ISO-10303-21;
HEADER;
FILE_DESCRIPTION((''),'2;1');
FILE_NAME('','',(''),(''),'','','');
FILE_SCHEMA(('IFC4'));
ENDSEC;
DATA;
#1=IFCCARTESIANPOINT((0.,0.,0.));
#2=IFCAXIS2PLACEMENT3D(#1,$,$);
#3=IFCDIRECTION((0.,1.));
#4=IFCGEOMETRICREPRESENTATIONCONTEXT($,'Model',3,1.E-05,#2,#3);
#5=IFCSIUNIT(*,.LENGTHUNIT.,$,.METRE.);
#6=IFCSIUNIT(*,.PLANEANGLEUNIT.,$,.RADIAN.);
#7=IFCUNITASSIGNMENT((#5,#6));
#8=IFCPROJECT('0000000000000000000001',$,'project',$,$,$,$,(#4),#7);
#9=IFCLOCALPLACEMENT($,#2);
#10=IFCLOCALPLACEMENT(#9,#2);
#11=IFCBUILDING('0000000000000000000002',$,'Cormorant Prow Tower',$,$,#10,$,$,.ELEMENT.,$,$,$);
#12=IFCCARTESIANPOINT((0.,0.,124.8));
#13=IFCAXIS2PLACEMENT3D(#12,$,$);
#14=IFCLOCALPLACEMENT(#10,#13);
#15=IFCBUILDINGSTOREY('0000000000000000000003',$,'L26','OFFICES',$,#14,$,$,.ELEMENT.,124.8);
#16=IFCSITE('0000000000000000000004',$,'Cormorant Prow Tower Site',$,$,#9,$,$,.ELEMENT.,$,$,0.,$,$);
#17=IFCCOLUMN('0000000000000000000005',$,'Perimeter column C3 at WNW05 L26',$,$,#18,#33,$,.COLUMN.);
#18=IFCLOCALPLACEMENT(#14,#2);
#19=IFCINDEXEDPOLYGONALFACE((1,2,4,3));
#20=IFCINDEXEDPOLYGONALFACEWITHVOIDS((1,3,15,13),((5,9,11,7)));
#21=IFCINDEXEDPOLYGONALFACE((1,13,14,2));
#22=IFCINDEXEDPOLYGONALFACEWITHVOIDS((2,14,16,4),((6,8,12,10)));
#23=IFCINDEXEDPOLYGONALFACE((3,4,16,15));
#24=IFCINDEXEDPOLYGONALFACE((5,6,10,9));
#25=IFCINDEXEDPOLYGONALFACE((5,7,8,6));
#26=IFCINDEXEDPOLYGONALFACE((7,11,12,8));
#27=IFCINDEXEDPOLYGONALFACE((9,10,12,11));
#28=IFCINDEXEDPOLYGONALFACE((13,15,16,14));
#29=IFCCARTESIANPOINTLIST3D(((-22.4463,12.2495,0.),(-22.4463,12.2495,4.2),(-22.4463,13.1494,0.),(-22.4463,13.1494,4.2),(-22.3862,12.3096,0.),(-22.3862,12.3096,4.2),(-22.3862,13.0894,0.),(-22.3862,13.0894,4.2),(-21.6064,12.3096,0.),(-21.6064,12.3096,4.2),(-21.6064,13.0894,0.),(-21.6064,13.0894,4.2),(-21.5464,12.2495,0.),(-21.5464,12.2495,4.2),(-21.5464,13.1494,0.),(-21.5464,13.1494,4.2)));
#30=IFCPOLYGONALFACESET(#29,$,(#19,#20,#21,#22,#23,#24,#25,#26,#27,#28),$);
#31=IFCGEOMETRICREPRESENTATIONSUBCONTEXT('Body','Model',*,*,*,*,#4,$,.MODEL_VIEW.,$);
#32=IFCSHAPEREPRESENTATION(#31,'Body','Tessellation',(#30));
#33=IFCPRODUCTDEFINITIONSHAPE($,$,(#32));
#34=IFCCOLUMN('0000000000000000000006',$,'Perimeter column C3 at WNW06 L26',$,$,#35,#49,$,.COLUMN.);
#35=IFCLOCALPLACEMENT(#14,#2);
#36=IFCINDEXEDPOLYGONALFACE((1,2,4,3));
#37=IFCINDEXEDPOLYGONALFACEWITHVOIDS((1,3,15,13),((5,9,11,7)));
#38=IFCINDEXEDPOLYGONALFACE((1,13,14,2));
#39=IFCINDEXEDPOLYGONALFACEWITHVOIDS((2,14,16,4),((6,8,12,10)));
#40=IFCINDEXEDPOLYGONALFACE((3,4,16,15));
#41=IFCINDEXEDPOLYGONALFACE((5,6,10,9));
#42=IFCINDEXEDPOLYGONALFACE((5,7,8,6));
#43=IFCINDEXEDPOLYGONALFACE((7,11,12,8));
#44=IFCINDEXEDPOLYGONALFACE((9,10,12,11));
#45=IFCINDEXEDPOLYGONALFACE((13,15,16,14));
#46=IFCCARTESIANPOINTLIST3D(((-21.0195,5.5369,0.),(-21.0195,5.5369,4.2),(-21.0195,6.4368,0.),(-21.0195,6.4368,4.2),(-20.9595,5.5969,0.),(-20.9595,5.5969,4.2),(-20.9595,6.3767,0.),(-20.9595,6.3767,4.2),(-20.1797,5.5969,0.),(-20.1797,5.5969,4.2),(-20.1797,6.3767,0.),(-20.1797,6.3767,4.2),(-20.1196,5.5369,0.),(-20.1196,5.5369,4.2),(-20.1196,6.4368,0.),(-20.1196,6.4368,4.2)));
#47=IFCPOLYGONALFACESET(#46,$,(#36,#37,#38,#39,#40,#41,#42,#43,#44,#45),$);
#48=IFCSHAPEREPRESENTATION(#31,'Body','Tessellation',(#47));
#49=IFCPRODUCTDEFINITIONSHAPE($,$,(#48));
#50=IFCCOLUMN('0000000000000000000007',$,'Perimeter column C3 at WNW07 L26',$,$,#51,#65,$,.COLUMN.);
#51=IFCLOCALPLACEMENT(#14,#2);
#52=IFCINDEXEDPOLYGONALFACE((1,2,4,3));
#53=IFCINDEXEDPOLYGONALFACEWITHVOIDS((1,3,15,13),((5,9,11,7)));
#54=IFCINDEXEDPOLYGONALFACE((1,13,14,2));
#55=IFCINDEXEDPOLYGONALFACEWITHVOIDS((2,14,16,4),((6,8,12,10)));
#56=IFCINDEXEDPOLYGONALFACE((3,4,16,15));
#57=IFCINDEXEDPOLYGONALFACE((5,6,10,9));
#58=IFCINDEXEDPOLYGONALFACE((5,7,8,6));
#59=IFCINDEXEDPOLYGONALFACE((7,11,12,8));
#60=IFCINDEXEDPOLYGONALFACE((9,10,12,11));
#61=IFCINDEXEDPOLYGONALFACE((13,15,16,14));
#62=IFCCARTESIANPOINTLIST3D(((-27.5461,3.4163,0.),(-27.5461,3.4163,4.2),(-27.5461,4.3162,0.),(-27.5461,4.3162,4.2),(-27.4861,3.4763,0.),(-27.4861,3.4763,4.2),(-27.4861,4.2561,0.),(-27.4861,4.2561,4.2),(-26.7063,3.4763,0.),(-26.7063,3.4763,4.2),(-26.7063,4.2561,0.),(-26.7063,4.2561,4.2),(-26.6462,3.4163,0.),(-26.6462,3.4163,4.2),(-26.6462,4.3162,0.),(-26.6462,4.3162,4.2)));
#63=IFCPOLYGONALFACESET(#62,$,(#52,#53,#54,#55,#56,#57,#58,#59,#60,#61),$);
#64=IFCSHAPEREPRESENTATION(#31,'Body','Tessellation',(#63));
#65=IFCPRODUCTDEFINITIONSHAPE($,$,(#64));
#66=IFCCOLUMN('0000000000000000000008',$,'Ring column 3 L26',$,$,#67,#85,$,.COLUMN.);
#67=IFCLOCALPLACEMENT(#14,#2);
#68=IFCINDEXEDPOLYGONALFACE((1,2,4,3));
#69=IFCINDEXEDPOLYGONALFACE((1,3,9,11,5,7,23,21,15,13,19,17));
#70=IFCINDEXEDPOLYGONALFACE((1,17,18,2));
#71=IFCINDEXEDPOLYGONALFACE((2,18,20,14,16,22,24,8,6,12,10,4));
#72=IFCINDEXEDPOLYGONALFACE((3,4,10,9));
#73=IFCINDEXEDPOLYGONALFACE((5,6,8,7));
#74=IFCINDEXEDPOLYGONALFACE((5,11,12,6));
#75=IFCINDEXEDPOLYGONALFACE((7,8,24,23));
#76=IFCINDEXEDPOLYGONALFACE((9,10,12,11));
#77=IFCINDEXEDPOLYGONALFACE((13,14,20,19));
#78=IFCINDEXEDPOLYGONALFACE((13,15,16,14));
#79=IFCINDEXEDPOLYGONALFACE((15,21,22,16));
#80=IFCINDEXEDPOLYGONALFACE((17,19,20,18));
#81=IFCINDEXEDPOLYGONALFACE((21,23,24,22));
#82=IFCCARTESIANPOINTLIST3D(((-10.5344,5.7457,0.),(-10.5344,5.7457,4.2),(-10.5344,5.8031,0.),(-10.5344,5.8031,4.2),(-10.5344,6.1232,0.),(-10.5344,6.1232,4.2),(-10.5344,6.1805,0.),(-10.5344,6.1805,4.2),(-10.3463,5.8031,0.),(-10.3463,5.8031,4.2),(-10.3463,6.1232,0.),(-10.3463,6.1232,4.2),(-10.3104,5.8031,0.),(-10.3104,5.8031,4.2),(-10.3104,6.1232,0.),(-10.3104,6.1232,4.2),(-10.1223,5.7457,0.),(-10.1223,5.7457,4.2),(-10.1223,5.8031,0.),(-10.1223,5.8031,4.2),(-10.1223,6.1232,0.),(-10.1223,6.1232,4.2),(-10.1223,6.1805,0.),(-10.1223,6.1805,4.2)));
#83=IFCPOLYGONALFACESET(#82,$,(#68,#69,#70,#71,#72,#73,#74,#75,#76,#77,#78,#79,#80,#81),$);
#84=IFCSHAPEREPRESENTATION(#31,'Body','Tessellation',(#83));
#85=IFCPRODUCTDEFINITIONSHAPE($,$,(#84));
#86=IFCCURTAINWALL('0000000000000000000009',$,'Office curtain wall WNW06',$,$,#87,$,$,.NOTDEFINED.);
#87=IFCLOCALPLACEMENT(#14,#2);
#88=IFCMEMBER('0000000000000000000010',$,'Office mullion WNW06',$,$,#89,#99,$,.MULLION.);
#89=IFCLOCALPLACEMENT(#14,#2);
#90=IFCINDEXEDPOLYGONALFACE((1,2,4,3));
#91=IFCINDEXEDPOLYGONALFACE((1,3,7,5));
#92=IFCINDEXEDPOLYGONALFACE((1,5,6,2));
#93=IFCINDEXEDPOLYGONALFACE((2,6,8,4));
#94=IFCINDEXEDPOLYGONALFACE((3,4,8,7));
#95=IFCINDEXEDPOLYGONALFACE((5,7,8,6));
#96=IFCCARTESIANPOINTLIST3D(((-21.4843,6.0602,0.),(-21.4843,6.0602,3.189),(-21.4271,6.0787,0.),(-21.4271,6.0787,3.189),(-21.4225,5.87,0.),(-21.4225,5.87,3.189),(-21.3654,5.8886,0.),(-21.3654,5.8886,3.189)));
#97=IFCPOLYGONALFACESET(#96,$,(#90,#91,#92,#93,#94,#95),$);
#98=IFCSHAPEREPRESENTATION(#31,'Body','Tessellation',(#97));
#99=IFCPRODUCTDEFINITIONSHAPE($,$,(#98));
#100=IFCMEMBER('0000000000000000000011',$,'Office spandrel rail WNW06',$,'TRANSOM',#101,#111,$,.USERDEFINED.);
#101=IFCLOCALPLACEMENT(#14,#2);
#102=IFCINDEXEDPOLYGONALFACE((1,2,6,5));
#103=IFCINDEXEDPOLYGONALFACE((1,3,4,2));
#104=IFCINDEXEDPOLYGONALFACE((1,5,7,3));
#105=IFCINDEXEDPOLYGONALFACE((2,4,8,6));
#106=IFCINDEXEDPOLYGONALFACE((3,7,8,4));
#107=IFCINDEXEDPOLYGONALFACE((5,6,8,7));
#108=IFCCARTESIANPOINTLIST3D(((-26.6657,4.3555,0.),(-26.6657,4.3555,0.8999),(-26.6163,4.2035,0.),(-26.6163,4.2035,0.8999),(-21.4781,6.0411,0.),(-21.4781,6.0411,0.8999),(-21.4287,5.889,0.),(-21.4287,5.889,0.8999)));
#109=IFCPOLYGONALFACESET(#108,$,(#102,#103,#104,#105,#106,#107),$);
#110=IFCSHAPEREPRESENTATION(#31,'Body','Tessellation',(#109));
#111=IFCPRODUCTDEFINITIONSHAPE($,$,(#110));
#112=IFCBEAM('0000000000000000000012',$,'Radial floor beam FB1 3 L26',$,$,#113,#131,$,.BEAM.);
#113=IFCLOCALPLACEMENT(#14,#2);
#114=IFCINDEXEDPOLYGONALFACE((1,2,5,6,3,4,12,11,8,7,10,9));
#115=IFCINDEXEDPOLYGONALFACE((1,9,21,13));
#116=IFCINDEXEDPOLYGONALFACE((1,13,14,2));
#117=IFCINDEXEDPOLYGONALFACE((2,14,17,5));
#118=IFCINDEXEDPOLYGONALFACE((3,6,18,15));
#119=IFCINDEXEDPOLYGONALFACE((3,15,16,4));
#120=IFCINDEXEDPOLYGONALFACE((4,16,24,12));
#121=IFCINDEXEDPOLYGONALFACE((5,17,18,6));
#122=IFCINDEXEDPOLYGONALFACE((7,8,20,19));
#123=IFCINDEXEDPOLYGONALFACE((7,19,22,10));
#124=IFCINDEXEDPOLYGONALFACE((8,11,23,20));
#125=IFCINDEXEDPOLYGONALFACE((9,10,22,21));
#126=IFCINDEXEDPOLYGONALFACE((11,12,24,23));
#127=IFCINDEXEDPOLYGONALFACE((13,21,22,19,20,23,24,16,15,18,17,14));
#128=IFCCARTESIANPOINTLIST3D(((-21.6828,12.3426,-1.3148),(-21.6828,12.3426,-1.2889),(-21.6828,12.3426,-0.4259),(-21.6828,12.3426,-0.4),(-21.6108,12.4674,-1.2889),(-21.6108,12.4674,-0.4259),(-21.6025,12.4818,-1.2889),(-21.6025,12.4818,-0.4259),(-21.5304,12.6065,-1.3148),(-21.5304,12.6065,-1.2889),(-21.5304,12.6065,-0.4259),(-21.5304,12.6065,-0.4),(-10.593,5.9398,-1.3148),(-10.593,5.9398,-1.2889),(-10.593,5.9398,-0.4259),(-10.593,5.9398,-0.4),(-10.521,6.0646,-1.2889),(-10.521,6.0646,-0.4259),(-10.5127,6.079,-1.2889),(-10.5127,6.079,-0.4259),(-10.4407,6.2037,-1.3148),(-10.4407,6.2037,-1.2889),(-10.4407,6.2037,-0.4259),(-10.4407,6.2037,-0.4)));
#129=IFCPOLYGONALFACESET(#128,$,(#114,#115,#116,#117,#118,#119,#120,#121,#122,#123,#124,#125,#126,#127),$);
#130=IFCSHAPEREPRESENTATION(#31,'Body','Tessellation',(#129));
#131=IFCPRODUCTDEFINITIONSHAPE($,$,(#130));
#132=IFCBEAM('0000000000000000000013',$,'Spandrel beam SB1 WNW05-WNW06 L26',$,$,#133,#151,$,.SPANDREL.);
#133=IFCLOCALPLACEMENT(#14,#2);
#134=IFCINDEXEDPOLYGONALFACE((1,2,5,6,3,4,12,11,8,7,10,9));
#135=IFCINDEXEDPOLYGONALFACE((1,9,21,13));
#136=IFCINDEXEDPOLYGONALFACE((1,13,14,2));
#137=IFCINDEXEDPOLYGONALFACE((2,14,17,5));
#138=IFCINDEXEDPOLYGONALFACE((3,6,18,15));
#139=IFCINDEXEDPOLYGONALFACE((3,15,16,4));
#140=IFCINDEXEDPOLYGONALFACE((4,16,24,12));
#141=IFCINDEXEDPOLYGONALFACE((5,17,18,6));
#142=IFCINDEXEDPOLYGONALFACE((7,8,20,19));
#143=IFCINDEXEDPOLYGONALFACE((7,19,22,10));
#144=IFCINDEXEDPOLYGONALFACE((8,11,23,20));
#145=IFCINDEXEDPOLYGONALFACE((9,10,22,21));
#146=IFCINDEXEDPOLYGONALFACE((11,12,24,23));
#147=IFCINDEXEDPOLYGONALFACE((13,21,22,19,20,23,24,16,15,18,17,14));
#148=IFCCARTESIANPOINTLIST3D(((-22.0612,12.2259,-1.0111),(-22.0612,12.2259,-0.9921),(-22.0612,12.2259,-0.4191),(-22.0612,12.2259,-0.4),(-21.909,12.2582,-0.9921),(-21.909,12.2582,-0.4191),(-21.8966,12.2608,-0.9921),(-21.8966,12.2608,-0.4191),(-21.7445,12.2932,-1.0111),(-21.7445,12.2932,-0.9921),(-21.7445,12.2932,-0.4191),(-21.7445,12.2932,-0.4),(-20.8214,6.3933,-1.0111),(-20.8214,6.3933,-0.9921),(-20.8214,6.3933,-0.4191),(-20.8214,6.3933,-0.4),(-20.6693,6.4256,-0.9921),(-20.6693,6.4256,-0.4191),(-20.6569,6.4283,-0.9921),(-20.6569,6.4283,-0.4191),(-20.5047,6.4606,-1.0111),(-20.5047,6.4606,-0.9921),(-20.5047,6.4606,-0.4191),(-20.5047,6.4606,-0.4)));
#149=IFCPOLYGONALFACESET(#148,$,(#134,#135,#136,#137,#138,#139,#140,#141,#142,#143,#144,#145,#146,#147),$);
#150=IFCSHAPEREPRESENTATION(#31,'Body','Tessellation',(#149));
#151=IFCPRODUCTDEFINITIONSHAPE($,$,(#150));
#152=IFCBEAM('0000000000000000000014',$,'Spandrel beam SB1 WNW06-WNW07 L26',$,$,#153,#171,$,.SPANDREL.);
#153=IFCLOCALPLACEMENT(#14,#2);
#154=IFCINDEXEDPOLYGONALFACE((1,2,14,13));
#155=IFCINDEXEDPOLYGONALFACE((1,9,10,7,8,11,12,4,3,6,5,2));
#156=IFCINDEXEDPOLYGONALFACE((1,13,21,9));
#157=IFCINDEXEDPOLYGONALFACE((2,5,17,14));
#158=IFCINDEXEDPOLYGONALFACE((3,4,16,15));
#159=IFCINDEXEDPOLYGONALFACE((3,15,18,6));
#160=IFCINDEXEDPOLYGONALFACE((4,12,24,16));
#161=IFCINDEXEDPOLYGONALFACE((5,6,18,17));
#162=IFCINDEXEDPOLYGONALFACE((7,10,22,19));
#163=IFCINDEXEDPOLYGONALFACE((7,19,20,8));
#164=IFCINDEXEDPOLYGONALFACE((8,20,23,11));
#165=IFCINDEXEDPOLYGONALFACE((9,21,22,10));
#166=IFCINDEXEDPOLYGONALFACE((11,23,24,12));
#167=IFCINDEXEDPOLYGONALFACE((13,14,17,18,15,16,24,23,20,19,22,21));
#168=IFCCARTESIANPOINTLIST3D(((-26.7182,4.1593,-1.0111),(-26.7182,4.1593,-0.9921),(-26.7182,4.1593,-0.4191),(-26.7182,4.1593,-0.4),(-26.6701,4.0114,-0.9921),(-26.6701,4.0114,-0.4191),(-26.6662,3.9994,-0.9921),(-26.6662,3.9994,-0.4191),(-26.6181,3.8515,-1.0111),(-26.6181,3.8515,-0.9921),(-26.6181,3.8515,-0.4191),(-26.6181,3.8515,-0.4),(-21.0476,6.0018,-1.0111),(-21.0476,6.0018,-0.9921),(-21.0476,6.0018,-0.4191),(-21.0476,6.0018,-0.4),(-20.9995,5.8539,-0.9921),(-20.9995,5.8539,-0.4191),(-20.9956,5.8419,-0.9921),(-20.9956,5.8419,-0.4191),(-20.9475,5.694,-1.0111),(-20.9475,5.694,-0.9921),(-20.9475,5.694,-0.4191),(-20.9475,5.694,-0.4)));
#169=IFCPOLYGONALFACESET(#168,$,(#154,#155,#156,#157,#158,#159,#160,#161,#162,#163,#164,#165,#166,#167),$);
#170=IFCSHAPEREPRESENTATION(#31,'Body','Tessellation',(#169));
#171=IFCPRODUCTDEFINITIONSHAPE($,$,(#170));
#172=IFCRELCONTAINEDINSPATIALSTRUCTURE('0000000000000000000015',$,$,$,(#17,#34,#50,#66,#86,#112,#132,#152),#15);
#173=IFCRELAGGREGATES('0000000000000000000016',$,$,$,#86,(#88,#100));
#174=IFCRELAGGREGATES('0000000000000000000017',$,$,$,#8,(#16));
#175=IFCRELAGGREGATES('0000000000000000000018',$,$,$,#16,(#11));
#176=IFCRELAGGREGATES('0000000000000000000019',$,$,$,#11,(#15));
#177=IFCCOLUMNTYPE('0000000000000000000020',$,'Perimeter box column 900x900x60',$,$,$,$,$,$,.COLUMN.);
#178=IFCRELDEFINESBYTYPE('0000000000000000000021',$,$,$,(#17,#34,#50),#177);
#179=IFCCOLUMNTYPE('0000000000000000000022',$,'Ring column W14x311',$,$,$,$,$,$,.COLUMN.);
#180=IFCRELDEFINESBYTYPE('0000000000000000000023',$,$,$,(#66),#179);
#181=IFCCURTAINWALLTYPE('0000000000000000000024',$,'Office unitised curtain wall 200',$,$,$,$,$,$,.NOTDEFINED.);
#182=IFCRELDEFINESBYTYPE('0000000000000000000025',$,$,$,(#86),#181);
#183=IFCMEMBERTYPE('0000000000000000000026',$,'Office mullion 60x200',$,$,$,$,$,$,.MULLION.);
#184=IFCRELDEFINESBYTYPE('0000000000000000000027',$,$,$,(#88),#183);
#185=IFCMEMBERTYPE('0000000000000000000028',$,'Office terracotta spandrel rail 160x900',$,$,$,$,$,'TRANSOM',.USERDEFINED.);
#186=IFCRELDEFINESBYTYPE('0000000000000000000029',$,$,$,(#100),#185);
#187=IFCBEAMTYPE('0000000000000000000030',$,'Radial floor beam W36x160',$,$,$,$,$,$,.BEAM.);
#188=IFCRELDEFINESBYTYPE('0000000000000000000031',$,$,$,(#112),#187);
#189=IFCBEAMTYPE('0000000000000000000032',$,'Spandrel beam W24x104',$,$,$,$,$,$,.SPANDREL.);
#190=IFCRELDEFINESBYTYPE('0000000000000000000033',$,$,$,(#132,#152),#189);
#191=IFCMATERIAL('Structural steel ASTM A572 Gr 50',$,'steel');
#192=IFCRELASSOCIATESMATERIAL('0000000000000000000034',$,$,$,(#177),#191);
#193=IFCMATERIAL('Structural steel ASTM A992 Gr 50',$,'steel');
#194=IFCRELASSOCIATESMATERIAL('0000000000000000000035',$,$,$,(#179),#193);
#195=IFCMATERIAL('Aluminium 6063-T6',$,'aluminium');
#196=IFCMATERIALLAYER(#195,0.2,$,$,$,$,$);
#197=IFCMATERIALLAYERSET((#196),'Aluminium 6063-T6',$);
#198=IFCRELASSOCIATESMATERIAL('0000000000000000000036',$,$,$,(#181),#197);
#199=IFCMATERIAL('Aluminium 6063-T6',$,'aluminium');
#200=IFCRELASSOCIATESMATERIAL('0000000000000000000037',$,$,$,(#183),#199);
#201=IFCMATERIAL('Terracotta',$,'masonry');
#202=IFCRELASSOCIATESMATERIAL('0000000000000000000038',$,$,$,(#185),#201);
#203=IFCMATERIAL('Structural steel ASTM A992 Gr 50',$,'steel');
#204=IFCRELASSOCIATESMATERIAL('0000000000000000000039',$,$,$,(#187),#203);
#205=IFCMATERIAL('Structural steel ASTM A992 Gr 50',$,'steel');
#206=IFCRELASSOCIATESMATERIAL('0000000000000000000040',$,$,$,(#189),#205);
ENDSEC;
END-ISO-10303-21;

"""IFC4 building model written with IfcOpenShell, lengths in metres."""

from ifc_helpers import new_model, si_unit, direction, frame, origin, origin_2d, place, context, subcontext, project, spatial, rectangle, hollow_rectangle, i_section, extrude, material, layer, layer_set, material_profile, profile_set, type_object, element, aggregate, save


model = new_model("IFC4")

# Units and contexts
model_context = context("Model", 3, precision=1e-05, world=origin(), true_north=direction((0.0, 1.0)))
body_context = subcontext(model_context, "Body", "Model", "MODEL_VIEW")
ifc_project = project(units=[si_unit("LENGTHUNIT", "METRE"), si_unit("PLANEANGLEUNIT", "RADIAN")], contexts=[model_context])

# Site, building, storey
site_placement = place(None, origin())
site = spatial("IfcSite", under=ifc_project, at=site_placement, Name="Cormorant Prow Tower Site", CompositionType="ELEMENT", RefElevation=0.0)
building_placement = place(site_placement, origin())
building = spatial("IfcBuilding", under=site, at=building_placement, Name="Cormorant Prow Tower", CompositionType="ELEMENT")
storey_placement = place(building_placement, frame((0.0, 0.0, 124.8)))
storey = spatial("IfcBuildingStorey", under=building, at=storey_placement, Name="L26", Description="OFFICES", CompositionType="ELEMENT", Elevation=124.8)

# Columns
ifc_material_1 = material(Name="Structural steel ASTM A572 Gr 50", Category="steel")
ifc_material_profile_1 = material_profile(ifc_material_1, hollow_rectangle(XDim=0.8999, YDim=0.8999, WallThickness=0.0601, at=origin_2d()), Name="Box 900x900x60")
ifc_profile_set_1 = profile_set([ifc_material_profile_1], Name="Structural steel ASTM A572 Gr 50")
column_type_1 = type_object("IfcColumnType", Name="Perimeter box column 900x900x60", PredefinedType="COLUMN", material=ifc_profile_set_1)
for number, where, z_axis, x_axis, name in (
    (1, (-21.9963, 12.6995, 0.0), (0.0, 0.0, 1.0), (1.0, 0.0, 0.0), "Perimeter column C3 at WNW05 L26"),
    (2, (-20.5696, 5.9868, 0.0), (0.0, 0.0, 1.0), (1.0, 0.0, 0.0), "Perimeter column C3 at WNW06 L26"),
    (3, (-27.0962, 3.8662, 0.0), (0.0, 0.0, 1.0), (1.0, 0.0, 0.0), "Perimeter column C3 at WNW07 L26"),
):
    element("IfcColumn", number, at=place(storey_placement, frame(where, z_axis=z_axis, x_axis=x_axis)), inside=storey, type_object=column_type_1, Name=name, PredefinedType="COLUMN", context=body_context, shape_type="SweptSolid", body=[
        extrude(hollow_rectangle(XDim=0.8999, YDim=0.8999, WallThickness=0.0601, at=origin_2d()), origin(), (0.0, 0.0, 1.0), 4.2),
    ])
ifc_material_2 = material(Name="Structural steel ASTM A992 Gr 50", Category="steel")
ifc_material_profile_2 = material_profile(ifc_material_2, i_section(OverallWidth=0.4121, OverallDepth=0.4348, WebThickness=0.0359, FlangeThickness=0.0574, at=origin_2d()), Name="W14x311")
ifc_profile_set_2 = profile_set([ifc_material_profile_2], Name="Structural steel ASTM A992 Gr 50")
column_type_2 = type_object("IfcColumnType", Name="Ring column W14x311", PredefinedType="COLUMN", material=ifc_profile_set_2)
column_placement = place(storey_placement, frame((-10.3284, 5.9631, 0.0), z_axis=(0.0, 0.0, 1.0), x_axis=(1.0, 0.0, 0.0)))
element("IfcColumn", 4, at=column_placement, inside=storey, type_object=column_type_2, Name="Ring column 3 L26", PredefinedType="COLUMN", context=body_context, shape_type="SweptSolid", body=[
    extrude(i_section(OverallWidth=0.4121, OverallDepth=0.4348, WebThickness=0.0359, FlangeThickness=0.0574, at=origin_2d()), origin(), (0.0, 0.0, 1.0), 4.2),
])

# Curtain wall, members
ifc_material_3 = material(Name="Aluminium 6063-T6", Category="aluminium")
ifc_layer_1 = layer(ifc_material_3, 0.2)
ifc_layer_set_1 = layer_set([ifc_layer_1], Name="Aluminium 6063-T6")
curtain_wall_type = type_object("IfcCurtainWallType", Name="Office unitised curtain wall 200", PredefinedType="NOTDEFINED", material=ifc_layer_set_1)
curtain_wall_placement = place(storey_placement, origin())
curtain_wall = element("IfcCurtainWall", 5, at=curtain_wall_placement, inside=storey, type_object=curtain_wall_type, Name="Office curtain wall WNW06", PredefinedType="NOTDEFINED")
ifc_material_4 = material(Name="Aluminium 6063-T6", Category="aluminium")
ifc_material_profile_3 = material_profile(ifc_material_4, rectangle(XDim=0.2, YDim=0.0601, at=origin_2d()), Name="Office mullion 60x200")
ifc_profile_set_3 = profile_set([ifc_material_profile_3], Name="Aluminium 6063-T6")
member_type_1 = type_object("IfcMemberType", Name="Office mullion 60x200", PredefinedType="MULLION", material=ifc_profile_set_3)
member_1_placement = place(storey_placement, frame((-21.4248, 5.9744, 0.0), z_axis=(0.0, 0.0, 1.0), x_axis=(0.309017, -0.951056, 0.0)))
member_1 = element("IfcMember", 6, at=member_1_placement, type_object=member_type_1, Name="Office mullion WNW06", PredefinedType="MULLION", context=body_context, shape_type="SweptSolid", body=[
    extrude(rectangle(XDim=0.2, YDim=0.0601, at=origin_2d()), origin(), (0.0, 0.0, 1.0), 3.189),
])
ifc_material_5 = material(Name="Terracotta", Category="masonry")
ifc_material_profile_4 = material_profile(ifc_material_5, rectangle(XDim=0.1599, YDim=0.8999, at=origin_2d()), Name="Office terracotta spandrel rail 160x900")
ifc_profile_set_4 = profile_set([ifc_material_profile_4], Name="Terracotta")
member_type_2 = type_object("IfcMemberType", Name="Office terracotta spandrel rail 160x900", ElementType="TRANSOM", PredefinedType="USERDEFINED", material=ifc_profile_set_4)
member_2_placement = place(storey_placement, frame((-21.4534, 5.9651, 0.45), z_axis=(-0.951055, -0.309021, 0.0), x_axis=(0.309021, -0.951055, 0.0)))
member_2 = element("IfcMember", 7, at=member_2_placement, type_object=member_type_2, Name="Office spandrel rail WNW06", ObjectType="TRANSOM", PredefinedType="USERDEFINED", context=body_context, shape_type="SweptSolid", body=[
    extrude(rectangle(XDim=0.1599, YDim=0.8999, at=origin_2d()), origin(), (0.0, 0.0, 1.0), 5.4546),
])

# Beams
ifc_material_6 = material(Name="Structural steel ASTM A992 Gr 50", Category="steel")
ifc_material_profile_5 = material_profile(ifc_material_6, i_section(OverallWidth=0.3047, OverallDepth=0.9148, WebThickness=0.0166, FlangeThickness=0.0259, at=origin_2d()), Name="W36x160")
ifc_profile_set_5 = profile_set([ifc_material_profile_5], Name="Structural steel ASTM A992 Gr 50")
beam_type_1 = type_object("IfcBeamType", Name="Radial floor beam W36x160", PredefinedType="BEAM", material=ifc_profile_set_5)
beam_1_placement = place(storey_placement, frame((-10.5168, 6.0718, -0.8574), z_axis=(-0.866022, 0.500006, 0.0), x_axis=(-0.500006, -0.866022, 0.0)))
element("IfcBeam", 8, at=beam_1_placement, inside=storey, type_object=beam_type_1, Name="Radial floor beam FB1 3 L26", PredefinedType="BEAM", context=body_context, shape_type="SweptSolid", body=[
    extrude(i_section(OverallWidth=0.3047, OverallDepth=0.9148, WebThickness=0.0166, FlangeThickness=0.0259, at=origin_2d()), origin(), (0.0, 0.0, 1.0), 12.8054),
])
ifc_material_7 = material(Name="Structural steel ASTM A992 Gr 50", Category="steel")
ifc_material_profile_6 = material_profile(ifc_material_7, i_section(OverallWidth=0.3237, OverallDepth=0.6111, WebThickness=0.0127, FlangeThickness=0.019, at=origin_2d()), Name="W24x104")
ifc_profile_set_6 = profile_set([ifc_material_profile_6], Name="Structural steel ASTM A992 Gr 50")
beam_type_2 = type_object("IfcBeamType", Name="Spandrel beam W24x104", PredefinedType="SPANDREL", material=ifc_profile_set_6)
beam_2_placement = place(storey_placement, frame((-21.9028, 12.2595, -0.7056), z_axis=(0.207913, -0.978147, 0.0), x_axis=(0.978147, 0.207913, 0.0)))
element("IfcBeam", 9, at=beam_2_placement, inside=storey, type_object=beam_type_2, Name="Spandrel beam SB1 WNW05-WNW06 L26", PredefinedType="SPANDREL", context=body_context, shape_type="SweptSolid", body=[
    extrude(i_section(OverallWidth=0.3237, OverallDepth=0.6111, WebThickness=0.0127, FlangeThickness=0.019, at=origin_2d()), origin(), (0.0, 0.0, 1.0), 5.9629),
])
beam_3_placement = place(storey_placement, frame((-20.9976, 5.8479, -0.7056), z_axis=(-0.951055, -0.30902, 0.0), x_axis=(0.30902, -0.951055, 0.0)))
element("IfcBeam", 10, at=beam_3_placement, inside=storey, type_object=beam_type_2, Name="Spandrel beam SB1 WNW06-WNW07 L26", PredefinedType="SPANDREL", context=body_context, shape_type="SweptSolid", body=[
    extrude(i_section(OverallWidth=0.3237, OverallDepth=0.6111, WebThickness=0.0127, FlangeThickness=0.019, at=origin_2d()), origin(), (0.0, 0.0, 1.0), 5.9624),
])

aggregate(curtain_wall, [member_1, member_2])

save(model, "model.ifc")
